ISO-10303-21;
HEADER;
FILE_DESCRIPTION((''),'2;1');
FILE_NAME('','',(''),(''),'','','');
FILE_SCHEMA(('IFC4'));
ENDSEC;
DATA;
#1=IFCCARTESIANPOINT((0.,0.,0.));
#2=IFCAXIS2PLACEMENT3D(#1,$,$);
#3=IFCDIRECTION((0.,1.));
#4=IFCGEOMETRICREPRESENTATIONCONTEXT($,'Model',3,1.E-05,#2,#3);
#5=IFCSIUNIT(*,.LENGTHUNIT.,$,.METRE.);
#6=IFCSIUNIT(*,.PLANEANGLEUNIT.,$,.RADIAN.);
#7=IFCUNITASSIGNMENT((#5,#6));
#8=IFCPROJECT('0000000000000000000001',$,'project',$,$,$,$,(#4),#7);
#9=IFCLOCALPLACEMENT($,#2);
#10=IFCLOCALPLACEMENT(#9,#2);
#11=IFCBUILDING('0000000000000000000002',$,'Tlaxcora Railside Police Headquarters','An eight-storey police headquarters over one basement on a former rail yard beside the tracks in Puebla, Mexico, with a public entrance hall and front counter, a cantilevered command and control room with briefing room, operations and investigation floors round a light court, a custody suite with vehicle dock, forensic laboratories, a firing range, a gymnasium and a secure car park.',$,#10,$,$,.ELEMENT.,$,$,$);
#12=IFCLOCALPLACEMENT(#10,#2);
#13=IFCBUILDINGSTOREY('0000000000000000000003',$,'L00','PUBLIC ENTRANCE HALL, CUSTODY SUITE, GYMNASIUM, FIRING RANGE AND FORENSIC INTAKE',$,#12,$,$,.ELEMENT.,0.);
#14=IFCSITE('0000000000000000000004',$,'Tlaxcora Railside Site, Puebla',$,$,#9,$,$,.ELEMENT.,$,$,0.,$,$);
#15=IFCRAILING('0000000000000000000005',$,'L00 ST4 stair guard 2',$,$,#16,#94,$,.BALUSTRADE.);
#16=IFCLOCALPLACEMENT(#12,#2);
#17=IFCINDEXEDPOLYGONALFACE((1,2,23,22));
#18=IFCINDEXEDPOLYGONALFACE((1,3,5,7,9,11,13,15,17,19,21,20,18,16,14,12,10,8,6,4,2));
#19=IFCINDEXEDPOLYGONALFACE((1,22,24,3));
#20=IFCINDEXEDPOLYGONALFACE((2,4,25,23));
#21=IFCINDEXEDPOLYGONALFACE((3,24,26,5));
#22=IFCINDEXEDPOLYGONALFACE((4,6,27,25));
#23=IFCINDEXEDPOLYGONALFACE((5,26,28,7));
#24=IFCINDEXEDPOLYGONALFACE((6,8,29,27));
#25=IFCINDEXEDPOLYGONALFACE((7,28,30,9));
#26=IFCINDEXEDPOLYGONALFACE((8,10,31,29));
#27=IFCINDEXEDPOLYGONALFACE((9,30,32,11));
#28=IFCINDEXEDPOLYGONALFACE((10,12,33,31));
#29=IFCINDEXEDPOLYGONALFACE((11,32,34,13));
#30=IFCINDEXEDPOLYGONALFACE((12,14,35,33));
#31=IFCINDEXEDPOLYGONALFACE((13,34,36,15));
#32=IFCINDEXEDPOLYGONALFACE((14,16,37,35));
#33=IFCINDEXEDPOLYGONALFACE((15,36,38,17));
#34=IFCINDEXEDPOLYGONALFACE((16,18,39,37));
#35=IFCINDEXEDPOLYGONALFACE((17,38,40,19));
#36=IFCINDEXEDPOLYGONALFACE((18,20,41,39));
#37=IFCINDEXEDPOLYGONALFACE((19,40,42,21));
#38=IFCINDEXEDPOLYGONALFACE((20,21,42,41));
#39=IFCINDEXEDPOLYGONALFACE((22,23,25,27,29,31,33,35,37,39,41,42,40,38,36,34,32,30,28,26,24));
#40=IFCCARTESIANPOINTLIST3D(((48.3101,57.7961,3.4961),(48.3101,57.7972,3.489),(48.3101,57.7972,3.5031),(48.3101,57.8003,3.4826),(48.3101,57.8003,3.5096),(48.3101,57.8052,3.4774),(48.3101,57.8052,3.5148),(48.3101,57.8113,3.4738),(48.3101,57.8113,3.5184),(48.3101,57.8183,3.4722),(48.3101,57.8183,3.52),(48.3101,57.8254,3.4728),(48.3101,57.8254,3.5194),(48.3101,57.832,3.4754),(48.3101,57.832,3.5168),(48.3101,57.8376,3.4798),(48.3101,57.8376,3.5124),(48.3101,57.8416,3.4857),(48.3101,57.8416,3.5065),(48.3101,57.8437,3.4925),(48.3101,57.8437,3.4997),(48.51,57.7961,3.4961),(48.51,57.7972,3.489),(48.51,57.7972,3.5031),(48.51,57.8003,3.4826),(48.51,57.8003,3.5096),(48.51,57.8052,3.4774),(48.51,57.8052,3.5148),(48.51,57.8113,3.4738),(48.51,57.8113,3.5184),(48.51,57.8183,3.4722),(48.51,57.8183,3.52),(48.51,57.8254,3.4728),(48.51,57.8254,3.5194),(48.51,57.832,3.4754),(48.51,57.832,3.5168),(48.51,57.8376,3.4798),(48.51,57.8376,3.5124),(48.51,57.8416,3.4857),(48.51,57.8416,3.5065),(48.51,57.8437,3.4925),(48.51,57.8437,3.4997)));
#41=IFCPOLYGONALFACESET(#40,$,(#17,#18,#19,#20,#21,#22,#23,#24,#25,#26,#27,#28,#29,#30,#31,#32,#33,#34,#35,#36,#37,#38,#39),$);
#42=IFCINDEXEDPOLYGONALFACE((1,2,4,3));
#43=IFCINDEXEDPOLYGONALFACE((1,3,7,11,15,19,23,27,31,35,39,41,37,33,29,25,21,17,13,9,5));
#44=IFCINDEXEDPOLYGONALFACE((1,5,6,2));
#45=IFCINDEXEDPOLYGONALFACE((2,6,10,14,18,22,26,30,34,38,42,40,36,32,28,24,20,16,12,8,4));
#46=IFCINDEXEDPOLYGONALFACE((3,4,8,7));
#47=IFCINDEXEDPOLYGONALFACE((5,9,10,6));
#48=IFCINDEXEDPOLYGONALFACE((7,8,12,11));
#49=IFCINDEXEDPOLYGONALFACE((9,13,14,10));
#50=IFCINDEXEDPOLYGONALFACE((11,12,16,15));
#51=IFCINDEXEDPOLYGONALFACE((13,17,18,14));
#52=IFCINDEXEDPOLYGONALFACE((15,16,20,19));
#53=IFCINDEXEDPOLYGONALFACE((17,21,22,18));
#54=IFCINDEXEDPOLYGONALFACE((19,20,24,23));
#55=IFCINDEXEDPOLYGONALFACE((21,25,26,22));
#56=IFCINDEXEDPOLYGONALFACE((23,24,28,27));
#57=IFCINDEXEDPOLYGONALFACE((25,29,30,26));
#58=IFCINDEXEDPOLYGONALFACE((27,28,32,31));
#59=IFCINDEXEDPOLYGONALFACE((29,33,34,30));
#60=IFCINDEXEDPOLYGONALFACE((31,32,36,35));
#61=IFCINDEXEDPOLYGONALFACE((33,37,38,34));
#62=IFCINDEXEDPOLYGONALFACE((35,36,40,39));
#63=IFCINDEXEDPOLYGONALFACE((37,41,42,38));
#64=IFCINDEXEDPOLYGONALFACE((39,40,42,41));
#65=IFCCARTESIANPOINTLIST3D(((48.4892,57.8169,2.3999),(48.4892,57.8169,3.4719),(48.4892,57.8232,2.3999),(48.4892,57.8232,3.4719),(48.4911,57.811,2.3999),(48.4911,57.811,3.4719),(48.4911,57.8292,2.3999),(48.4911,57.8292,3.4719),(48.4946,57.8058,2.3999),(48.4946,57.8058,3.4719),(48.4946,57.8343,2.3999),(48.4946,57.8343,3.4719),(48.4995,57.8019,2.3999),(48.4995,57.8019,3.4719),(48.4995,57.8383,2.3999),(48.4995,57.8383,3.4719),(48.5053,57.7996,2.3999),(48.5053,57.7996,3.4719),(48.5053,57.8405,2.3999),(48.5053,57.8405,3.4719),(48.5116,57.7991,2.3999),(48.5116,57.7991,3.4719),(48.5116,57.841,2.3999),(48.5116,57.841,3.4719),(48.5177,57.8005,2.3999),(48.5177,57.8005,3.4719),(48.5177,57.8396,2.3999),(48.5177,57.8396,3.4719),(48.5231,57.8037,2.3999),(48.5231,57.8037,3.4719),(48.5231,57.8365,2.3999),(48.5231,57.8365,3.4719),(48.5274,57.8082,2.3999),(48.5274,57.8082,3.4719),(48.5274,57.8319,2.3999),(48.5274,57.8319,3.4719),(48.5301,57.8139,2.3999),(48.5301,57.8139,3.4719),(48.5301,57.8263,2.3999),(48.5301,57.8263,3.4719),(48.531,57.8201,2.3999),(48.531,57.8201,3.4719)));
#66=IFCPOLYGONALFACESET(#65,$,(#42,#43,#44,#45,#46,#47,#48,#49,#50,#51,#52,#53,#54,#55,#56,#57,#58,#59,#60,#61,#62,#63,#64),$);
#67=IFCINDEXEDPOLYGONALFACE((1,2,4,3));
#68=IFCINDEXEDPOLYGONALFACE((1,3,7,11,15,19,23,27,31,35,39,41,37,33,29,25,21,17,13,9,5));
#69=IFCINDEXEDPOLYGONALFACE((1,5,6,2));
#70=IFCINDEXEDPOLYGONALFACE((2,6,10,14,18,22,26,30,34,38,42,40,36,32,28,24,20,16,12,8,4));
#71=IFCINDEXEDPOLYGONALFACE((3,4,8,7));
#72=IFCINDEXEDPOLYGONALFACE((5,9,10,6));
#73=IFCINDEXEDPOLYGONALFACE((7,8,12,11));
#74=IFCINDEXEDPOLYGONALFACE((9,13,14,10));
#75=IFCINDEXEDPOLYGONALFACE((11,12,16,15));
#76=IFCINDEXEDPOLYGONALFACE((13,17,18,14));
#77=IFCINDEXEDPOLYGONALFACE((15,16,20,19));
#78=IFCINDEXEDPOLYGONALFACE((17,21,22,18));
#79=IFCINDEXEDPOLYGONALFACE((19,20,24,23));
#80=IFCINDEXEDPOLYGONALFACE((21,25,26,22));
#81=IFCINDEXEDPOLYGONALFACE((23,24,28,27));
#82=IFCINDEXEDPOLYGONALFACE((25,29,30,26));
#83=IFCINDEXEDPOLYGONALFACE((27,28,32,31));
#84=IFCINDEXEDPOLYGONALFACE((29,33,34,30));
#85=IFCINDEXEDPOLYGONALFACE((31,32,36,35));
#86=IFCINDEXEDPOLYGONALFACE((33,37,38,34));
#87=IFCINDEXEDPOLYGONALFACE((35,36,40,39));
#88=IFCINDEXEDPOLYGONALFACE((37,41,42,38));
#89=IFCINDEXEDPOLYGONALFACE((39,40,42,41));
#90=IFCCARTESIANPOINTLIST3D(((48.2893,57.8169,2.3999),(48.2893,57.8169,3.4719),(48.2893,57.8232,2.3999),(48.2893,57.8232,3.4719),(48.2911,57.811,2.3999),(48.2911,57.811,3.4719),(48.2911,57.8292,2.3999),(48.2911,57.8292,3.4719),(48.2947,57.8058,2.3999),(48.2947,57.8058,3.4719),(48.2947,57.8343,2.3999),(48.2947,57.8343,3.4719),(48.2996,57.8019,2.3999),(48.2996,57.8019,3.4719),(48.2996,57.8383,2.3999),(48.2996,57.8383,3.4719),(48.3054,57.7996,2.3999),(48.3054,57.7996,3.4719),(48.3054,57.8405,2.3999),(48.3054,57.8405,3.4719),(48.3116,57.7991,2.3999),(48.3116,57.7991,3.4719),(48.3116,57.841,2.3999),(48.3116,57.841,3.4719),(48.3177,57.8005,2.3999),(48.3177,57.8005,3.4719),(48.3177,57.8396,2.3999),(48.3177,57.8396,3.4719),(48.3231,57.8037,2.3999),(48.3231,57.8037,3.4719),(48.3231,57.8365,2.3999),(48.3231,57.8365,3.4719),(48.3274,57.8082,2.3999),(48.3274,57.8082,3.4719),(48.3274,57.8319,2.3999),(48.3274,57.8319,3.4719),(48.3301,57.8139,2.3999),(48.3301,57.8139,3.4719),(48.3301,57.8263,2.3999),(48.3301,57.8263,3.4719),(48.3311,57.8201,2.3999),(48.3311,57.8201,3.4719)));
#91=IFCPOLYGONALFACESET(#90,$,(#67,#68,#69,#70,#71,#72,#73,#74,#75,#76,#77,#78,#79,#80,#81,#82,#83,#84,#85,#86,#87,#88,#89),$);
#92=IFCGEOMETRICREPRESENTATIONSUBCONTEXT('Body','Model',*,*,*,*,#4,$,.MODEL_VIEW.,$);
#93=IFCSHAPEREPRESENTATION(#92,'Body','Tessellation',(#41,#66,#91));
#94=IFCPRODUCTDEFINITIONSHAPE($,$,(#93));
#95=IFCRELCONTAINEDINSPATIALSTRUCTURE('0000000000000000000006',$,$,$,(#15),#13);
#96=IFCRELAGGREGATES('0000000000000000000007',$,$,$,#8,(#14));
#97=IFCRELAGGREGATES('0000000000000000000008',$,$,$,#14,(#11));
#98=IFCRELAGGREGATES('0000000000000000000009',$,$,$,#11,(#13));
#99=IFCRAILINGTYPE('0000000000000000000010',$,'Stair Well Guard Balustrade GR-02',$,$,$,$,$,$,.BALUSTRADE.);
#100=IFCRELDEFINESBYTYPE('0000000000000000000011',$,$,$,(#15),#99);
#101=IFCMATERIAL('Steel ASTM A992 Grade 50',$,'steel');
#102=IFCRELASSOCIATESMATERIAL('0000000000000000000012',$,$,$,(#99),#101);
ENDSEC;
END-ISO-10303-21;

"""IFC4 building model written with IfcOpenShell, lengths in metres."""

from ifc_helpers import new_model, si_unit, direction, frame, origin, origin_2d, place, context, subcontext, project, spatial, circle, extrude, material, type_object, element, save


model = new_model("IFC4")

# Units and contexts
model_context = context("Model", 3, precision=1e-05, world=origin(), true_north=direction((0.0, 1.0)))
body_context = subcontext(model_context, "Body", "Model", "MODEL_VIEW")
ifc_project = project(units=[si_unit("LENGTHUNIT", "METRE"), si_unit("PLANEANGLEUNIT", "RADIAN")], contexts=[model_context])

# Site, building, storey
site_placement = place(None, origin())
site = spatial("IfcSite", under=ifc_project, at=site_placement, Name="Tlaxcora Railside Site, Puebla", CompositionType="ELEMENT", RefElevation=0.0)
building_placement = place(site_placement, origin())
building = spatial("IfcBuilding", under=site, at=building_placement, Name="Tlaxcora Railside Police Headquarters", Description="An eight-storey police headquarters over one basement on a former rail yard beside the tracks in Puebla, Mexico, with a public entrance hall and front counter, a cantilevered command and control room with briefing room, operations and investigation floors round a light court, a custody suite with vehicle dock, forensic laboratories, a firing range, a gymnasium and a secure car park.", CompositionType="ELEMENT")
storey_placement = place(building_placement, origin())
storey = spatial("IfcBuildingStorey", under=building, at=storey_placement, Name="L00", Description="PUBLIC ENTRANCE HALL, CUSTODY SUITE, GYMNASIUM, FIRING RANGE AND FORENSIC INTAKE", CompositionType="ELEMENT", Elevation=0.0)

# Shared definitions
ifc_material_1 = material(Name="Steel ASTM A992 Grade 50", Category="steel")

# Railing
railing_type_1 = type_object("IfcRailingType", Name="Stair Well Guard Balustrade GR-02", PredefinedType="BALUSTRADE", material=ifc_material_1)
railing_1_placement = place(storey_placement, frame((48.51, 57.8201, 2.3999)))
element("IfcRailing", 1, at=railing_1_placement, inside=storey, type_object=railing_type_1, Name="L00 ST4 stair guard 2", PredefinedType="BALUSTRADE", context=body_context, shape_type="SweptSolid", body=[
    extrude(circle(Radius=0.0239, at=origin_2d()), frame((0.0, 0.0, 1.0962), z_axis=(-1.0, 0.0, 0.0), x_axis=(0.0, -1.0, 0.0)), (0.0, 0.0, 1.0), 0.2),
    extrude(circle(Radius=0.021, at=origin_2d()), origin(), (0.0, 0.0, 1.0), 1.072),
    extrude(circle(Radius=0.021, at=origin_2d()), frame((-0.2, 0.0, 0.0)), (0.0, 0.0, 1.0), 1.072),
])

save(model, "model.ifc")
